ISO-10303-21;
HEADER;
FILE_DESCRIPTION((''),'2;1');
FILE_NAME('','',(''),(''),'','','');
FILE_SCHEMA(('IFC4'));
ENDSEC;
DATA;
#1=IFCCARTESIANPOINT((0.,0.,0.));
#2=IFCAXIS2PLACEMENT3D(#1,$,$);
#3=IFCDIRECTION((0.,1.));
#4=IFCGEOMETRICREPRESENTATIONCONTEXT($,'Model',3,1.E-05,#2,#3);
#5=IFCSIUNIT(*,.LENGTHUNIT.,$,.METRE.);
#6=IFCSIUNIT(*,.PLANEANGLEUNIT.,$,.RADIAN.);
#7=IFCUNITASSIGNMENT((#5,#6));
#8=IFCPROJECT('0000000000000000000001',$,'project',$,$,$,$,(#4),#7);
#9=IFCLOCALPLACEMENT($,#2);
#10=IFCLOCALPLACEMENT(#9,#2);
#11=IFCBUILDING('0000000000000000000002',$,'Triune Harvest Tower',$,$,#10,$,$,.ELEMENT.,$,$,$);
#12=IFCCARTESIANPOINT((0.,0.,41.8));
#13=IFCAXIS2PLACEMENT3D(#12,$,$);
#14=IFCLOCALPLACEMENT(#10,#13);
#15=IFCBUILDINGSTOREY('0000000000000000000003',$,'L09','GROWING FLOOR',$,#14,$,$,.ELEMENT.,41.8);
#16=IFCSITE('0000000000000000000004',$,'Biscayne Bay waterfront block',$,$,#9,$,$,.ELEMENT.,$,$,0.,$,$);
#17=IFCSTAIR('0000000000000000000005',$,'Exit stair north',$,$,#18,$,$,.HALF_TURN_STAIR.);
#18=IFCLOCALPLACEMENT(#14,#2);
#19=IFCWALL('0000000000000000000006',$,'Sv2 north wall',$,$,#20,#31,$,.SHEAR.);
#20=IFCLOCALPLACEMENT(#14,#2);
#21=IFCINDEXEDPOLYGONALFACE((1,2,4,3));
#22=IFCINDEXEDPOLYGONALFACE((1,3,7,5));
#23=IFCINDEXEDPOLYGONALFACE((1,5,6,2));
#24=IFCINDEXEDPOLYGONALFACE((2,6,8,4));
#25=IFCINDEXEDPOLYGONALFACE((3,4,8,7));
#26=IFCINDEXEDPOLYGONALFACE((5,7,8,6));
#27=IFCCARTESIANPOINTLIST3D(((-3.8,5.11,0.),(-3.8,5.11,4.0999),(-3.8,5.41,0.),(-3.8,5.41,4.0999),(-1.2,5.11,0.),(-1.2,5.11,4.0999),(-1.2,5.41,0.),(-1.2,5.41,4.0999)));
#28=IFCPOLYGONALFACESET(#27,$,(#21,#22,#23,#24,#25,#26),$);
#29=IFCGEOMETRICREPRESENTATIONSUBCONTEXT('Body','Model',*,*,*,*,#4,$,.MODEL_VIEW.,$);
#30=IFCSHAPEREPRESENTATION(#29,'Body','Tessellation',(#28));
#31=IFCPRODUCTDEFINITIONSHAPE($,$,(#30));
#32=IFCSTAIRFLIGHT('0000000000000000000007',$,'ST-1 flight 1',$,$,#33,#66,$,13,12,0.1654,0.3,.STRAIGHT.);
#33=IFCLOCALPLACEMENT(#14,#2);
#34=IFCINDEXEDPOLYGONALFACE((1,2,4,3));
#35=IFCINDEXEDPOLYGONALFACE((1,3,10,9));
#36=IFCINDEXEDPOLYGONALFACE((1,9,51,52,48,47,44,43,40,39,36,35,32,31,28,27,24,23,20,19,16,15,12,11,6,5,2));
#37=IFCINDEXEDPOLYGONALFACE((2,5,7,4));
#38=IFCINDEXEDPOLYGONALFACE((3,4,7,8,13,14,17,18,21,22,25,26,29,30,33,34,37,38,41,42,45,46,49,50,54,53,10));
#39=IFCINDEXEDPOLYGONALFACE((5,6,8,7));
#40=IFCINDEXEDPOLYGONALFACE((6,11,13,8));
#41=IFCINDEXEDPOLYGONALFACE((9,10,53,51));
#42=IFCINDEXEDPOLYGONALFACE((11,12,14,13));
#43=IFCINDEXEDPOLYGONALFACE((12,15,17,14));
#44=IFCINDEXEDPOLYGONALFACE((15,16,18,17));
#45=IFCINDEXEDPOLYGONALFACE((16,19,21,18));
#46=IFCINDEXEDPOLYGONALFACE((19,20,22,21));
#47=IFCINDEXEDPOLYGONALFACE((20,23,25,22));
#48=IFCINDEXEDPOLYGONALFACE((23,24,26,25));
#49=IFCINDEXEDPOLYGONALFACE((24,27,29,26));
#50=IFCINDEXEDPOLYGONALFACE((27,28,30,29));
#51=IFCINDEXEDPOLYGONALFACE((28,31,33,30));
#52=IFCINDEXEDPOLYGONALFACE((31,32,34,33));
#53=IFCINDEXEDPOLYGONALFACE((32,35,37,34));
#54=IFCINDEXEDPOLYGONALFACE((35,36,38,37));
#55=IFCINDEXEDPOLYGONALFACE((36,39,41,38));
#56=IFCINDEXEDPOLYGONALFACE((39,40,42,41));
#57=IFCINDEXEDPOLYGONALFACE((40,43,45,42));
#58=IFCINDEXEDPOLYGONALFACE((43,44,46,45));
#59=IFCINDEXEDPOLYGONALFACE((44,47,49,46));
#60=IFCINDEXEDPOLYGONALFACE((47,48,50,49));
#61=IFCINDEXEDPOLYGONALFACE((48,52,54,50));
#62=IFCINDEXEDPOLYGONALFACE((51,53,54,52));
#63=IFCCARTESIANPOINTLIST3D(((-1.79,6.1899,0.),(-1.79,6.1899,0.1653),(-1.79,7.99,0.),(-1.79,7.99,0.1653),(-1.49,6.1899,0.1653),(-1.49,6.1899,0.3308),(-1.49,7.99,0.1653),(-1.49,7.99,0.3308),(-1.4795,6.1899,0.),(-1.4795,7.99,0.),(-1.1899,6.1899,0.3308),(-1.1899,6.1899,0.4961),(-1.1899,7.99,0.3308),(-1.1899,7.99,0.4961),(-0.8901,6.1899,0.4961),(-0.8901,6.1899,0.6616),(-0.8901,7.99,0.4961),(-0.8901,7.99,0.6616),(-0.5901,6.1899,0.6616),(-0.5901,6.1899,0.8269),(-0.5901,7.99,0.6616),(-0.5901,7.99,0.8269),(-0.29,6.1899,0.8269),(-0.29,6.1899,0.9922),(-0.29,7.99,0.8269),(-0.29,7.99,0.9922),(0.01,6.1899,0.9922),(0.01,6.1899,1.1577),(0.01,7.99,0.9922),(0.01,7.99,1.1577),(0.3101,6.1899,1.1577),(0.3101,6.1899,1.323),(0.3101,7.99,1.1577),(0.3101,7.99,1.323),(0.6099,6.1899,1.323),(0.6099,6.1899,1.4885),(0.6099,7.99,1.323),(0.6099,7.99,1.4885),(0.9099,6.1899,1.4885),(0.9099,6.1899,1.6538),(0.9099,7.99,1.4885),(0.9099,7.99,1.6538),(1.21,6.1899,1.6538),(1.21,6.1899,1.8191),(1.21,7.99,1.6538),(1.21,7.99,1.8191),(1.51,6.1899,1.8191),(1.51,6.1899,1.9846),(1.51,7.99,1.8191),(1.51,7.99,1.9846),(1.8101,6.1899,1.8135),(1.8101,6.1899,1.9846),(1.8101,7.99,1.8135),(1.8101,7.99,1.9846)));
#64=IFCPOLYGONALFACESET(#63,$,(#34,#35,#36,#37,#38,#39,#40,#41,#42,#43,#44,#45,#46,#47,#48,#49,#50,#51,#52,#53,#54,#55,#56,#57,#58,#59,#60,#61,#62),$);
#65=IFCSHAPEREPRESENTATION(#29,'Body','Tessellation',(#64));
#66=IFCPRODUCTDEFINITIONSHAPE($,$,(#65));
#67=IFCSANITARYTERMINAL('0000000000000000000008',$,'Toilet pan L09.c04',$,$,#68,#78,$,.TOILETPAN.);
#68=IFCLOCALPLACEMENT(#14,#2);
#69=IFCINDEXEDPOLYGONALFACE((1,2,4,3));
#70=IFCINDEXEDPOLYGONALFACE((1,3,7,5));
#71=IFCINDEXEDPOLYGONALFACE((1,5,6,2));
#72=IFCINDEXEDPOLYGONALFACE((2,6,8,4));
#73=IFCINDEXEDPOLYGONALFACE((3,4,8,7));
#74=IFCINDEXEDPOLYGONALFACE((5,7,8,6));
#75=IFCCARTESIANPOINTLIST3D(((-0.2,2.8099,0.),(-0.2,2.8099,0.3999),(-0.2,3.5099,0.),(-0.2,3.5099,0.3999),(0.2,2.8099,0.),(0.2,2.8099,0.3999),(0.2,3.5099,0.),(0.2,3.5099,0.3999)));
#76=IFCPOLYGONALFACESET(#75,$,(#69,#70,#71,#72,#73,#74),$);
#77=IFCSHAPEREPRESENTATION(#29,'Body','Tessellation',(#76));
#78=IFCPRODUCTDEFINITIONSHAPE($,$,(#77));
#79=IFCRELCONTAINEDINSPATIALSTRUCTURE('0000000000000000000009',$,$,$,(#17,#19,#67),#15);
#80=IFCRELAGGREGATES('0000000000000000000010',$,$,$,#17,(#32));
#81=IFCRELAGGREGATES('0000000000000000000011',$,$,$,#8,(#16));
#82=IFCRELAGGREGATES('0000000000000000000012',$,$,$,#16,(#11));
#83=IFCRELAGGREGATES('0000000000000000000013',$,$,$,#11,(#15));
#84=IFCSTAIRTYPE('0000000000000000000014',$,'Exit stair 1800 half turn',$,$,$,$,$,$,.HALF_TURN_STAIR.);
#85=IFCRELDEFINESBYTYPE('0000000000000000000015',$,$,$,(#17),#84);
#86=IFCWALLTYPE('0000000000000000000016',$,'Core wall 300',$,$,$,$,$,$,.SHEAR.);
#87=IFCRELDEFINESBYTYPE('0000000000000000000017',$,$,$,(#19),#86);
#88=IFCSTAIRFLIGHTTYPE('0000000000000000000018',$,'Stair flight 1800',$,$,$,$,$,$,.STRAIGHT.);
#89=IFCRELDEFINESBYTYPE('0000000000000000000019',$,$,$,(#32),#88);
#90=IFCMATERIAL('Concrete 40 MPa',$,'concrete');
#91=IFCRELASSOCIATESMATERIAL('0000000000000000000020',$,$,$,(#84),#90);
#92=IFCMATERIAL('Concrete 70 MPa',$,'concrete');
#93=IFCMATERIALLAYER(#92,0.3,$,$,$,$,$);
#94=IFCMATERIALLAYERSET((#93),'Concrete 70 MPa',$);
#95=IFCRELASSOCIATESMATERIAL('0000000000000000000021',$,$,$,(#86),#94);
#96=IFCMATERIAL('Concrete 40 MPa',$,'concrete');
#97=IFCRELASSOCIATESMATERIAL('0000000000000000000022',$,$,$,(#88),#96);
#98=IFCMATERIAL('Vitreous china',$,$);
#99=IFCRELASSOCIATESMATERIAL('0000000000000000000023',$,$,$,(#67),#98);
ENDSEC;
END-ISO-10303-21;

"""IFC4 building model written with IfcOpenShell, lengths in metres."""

from ifc_helpers import new_model, si_unit, direction, frame, frame_2d, origin, origin_2d, place, context, subcontext, project, spatial, polyline, rectangle, outline, extrude, source, transform, mapped, material, layer, layer_set, type_object, element, aggregate, save


model = new_model("IFC4")

# Units and contexts
model_context = context("Model", 3, precision=1e-05, world=origin(), true_north=direction((0.0, 1.0)))
body_context = subcontext(model_context, "Body", "Model", "MODEL_VIEW")
ifc_project = project(units=[si_unit("LENGTHUNIT", "METRE"), si_unit("PLANEANGLEUNIT", "RADIAN")], contexts=[model_context])

# Site, building, storey
site_placement = place(None, origin())
site = spatial("IfcSite", under=ifc_project, at=site_placement, Name="Biscayne Bay waterfront block", CompositionType="ELEMENT", RefElevation=0.0)
building_placement = place(site_placement, origin())
building = spatial("IfcBuilding", under=site, at=building_placement, Name="Triune Harvest Tower", CompositionType="ELEMENT")
storey_placement = place(building_placement, frame((0.0, 0.0, 41.8)))
storey = spatial("IfcBuildingStorey", under=building, at=storey_placement, Name="L09", Description="GROWING FLOOR", CompositionType="ELEMENT", Elevation=41.8)

# Stair
ifc_material_1 = material(Name="Concrete 40 MPa", Category="concrete")
stair_type = type_object("IfcStairType", Name="Exit stair 1800 half turn", PredefinedType="HALF_TURN_STAIR", material=ifc_material_1)
stair_1_placement = place(storey_placement, origin())
stair_1 = element("IfcStair", 1, at=stair_1_placement, inside=storey, type_object=stair_type, Name="Exit stair north", PredefinedType="HALF_TURN_STAIR")

# Shared definitions
ifc_material_2 = material(Name="Concrete 70 MPa", Category="concrete")
ifc_layer_1 = layer(ifc_material_2, 0.3)
ifc_layer_set_1 = layer_set([ifc_layer_1], Name="Concrete 70 MPa")
wall_type = type_object("IfcWallType", Name="Core wall 300", PredefinedType="SHEAR", material=ifc_layer_set_1)

# Wall
shared_shape_1 = source(origin(), body_context, "Body", "SweptSolid", [
    extrude(rectangle(XDim=2.6001, YDim=0.3, at=frame_2d((1.3, 0.0))), origin(), (0.0, 0.0, 1.0), 4.0999),
])
wall_1_placement = place(storey_placement, frame((-3.8, 5.26, 0.0), z_axis=(0.0, 0.0, 1.0), x_axis=(1.0, 0.0, 0.0)))
element("IfcWall", 2, at=wall_1_placement, inside=storey, type_object=wall_type, Name="Sv2 north wall", PredefinedType="SHEAR", context=body_context, shape_type="MappedRepresentation", body=[
    mapped(shared_shape_1, transform((0.0, 0.0, 0.0), scale=1.0)),
])

# Stair flight
ifc_material_3 = material(Name="Concrete 40 MPa", Category="concrete")
stair_flight_type = type_object("IfcStairFlightType", Name="Stair flight 1800", PredefinedType="STRAIGHT", material=ifc_material_3)
shared_shape_2 = source(origin(), body_context, "Body", "SweptSolid", [
    extrude(outline(polyline([(0.0, 0.0), (0.0, 0.1653), (0.3, 0.1653), (0.3, 0.3308), (0.6001, 0.3308), (0.6001, 0.4961), (0.8999, 0.4961), (0.8999, 0.6616), (1.2, 0.6616), (1.2, 0.8269), (1.5, 0.8269), (1.5, 0.9922), (1.8, 0.9922), (1.8, 1.1577), (2.1001, 1.1577), (2.1001, 1.323), (2.3999, 1.323), (2.3999, 1.4885), (2.7, 1.4885), (2.7, 1.6538), (3.0, 1.6538), (3.0, 1.8191), (3.3, 1.8191), (3.3, 1.9846), (3.6001, 1.9846), (3.6001, 2.1499), (3.6001, 1.8135), (0.3105, 0.0), (0.0, 0.0)])), frame((0.0, 0.8999, 0.0), z_axis=(0.0, -1.0, 0.0), x_axis=(1.0, 0.0, 0.0)), (0.0, 0.0, 1.0), 1.8),
])
stair_flight_placement = place(storey_placement, frame((-1.79, 7.0901, 0.0), z_axis=(0.0, 0.0, 1.0), x_axis=(1.0, 0.0, 0.0)))
stair_flight = element("IfcStairFlight", 3, at=stair_flight_placement, type_object=stair_flight_type, Name="ST-1 flight 1", NumberOfRisers=13, NumberOfTreads=12, PredefinedType="STRAIGHT", RiserHeight=0.1654, TreadLength=0.3, context=body_context, shape_type="MappedRepresentation", body=[
    mapped(shared_shape_2, transform((0.0, 0.0, 0.0), scale=1.0)),
])
aggregate(stair_1, [stair_flight])

# Sanitary terminal
ifc_material_4 = material(Name="Vitreous china")
shared_shape_3 = source(origin(), body_context, "Body", "SweptSolid", [
    extrude(rectangle(XDim=0.3999, YDim=0.7, at=origin_2d()), origin(), (0.0, 0.0, 1.0), 0.3999),
])
sanitary_terminal_placement = place(storey_placement, frame((0.0, 3.1599, 0.0), z_axis=(0.0, 0.0, 1.0), x_axis=(-1.0, 0.0, 0.0)))
element("IfcSanitaryTerminal", 4, at=sanitary_terminal_placement, inside=storey, material=ifc_material_4, Name="Toilet pan L09.c04", PredefinedType="TOILETPAN", context=body_context, shape_type="MappedRepresentation", body=[
    mapped(shared_shape_3, transform((0.0, 0.0, 0.0), scale=1.0)),
])

save(model, "model.ifc")
